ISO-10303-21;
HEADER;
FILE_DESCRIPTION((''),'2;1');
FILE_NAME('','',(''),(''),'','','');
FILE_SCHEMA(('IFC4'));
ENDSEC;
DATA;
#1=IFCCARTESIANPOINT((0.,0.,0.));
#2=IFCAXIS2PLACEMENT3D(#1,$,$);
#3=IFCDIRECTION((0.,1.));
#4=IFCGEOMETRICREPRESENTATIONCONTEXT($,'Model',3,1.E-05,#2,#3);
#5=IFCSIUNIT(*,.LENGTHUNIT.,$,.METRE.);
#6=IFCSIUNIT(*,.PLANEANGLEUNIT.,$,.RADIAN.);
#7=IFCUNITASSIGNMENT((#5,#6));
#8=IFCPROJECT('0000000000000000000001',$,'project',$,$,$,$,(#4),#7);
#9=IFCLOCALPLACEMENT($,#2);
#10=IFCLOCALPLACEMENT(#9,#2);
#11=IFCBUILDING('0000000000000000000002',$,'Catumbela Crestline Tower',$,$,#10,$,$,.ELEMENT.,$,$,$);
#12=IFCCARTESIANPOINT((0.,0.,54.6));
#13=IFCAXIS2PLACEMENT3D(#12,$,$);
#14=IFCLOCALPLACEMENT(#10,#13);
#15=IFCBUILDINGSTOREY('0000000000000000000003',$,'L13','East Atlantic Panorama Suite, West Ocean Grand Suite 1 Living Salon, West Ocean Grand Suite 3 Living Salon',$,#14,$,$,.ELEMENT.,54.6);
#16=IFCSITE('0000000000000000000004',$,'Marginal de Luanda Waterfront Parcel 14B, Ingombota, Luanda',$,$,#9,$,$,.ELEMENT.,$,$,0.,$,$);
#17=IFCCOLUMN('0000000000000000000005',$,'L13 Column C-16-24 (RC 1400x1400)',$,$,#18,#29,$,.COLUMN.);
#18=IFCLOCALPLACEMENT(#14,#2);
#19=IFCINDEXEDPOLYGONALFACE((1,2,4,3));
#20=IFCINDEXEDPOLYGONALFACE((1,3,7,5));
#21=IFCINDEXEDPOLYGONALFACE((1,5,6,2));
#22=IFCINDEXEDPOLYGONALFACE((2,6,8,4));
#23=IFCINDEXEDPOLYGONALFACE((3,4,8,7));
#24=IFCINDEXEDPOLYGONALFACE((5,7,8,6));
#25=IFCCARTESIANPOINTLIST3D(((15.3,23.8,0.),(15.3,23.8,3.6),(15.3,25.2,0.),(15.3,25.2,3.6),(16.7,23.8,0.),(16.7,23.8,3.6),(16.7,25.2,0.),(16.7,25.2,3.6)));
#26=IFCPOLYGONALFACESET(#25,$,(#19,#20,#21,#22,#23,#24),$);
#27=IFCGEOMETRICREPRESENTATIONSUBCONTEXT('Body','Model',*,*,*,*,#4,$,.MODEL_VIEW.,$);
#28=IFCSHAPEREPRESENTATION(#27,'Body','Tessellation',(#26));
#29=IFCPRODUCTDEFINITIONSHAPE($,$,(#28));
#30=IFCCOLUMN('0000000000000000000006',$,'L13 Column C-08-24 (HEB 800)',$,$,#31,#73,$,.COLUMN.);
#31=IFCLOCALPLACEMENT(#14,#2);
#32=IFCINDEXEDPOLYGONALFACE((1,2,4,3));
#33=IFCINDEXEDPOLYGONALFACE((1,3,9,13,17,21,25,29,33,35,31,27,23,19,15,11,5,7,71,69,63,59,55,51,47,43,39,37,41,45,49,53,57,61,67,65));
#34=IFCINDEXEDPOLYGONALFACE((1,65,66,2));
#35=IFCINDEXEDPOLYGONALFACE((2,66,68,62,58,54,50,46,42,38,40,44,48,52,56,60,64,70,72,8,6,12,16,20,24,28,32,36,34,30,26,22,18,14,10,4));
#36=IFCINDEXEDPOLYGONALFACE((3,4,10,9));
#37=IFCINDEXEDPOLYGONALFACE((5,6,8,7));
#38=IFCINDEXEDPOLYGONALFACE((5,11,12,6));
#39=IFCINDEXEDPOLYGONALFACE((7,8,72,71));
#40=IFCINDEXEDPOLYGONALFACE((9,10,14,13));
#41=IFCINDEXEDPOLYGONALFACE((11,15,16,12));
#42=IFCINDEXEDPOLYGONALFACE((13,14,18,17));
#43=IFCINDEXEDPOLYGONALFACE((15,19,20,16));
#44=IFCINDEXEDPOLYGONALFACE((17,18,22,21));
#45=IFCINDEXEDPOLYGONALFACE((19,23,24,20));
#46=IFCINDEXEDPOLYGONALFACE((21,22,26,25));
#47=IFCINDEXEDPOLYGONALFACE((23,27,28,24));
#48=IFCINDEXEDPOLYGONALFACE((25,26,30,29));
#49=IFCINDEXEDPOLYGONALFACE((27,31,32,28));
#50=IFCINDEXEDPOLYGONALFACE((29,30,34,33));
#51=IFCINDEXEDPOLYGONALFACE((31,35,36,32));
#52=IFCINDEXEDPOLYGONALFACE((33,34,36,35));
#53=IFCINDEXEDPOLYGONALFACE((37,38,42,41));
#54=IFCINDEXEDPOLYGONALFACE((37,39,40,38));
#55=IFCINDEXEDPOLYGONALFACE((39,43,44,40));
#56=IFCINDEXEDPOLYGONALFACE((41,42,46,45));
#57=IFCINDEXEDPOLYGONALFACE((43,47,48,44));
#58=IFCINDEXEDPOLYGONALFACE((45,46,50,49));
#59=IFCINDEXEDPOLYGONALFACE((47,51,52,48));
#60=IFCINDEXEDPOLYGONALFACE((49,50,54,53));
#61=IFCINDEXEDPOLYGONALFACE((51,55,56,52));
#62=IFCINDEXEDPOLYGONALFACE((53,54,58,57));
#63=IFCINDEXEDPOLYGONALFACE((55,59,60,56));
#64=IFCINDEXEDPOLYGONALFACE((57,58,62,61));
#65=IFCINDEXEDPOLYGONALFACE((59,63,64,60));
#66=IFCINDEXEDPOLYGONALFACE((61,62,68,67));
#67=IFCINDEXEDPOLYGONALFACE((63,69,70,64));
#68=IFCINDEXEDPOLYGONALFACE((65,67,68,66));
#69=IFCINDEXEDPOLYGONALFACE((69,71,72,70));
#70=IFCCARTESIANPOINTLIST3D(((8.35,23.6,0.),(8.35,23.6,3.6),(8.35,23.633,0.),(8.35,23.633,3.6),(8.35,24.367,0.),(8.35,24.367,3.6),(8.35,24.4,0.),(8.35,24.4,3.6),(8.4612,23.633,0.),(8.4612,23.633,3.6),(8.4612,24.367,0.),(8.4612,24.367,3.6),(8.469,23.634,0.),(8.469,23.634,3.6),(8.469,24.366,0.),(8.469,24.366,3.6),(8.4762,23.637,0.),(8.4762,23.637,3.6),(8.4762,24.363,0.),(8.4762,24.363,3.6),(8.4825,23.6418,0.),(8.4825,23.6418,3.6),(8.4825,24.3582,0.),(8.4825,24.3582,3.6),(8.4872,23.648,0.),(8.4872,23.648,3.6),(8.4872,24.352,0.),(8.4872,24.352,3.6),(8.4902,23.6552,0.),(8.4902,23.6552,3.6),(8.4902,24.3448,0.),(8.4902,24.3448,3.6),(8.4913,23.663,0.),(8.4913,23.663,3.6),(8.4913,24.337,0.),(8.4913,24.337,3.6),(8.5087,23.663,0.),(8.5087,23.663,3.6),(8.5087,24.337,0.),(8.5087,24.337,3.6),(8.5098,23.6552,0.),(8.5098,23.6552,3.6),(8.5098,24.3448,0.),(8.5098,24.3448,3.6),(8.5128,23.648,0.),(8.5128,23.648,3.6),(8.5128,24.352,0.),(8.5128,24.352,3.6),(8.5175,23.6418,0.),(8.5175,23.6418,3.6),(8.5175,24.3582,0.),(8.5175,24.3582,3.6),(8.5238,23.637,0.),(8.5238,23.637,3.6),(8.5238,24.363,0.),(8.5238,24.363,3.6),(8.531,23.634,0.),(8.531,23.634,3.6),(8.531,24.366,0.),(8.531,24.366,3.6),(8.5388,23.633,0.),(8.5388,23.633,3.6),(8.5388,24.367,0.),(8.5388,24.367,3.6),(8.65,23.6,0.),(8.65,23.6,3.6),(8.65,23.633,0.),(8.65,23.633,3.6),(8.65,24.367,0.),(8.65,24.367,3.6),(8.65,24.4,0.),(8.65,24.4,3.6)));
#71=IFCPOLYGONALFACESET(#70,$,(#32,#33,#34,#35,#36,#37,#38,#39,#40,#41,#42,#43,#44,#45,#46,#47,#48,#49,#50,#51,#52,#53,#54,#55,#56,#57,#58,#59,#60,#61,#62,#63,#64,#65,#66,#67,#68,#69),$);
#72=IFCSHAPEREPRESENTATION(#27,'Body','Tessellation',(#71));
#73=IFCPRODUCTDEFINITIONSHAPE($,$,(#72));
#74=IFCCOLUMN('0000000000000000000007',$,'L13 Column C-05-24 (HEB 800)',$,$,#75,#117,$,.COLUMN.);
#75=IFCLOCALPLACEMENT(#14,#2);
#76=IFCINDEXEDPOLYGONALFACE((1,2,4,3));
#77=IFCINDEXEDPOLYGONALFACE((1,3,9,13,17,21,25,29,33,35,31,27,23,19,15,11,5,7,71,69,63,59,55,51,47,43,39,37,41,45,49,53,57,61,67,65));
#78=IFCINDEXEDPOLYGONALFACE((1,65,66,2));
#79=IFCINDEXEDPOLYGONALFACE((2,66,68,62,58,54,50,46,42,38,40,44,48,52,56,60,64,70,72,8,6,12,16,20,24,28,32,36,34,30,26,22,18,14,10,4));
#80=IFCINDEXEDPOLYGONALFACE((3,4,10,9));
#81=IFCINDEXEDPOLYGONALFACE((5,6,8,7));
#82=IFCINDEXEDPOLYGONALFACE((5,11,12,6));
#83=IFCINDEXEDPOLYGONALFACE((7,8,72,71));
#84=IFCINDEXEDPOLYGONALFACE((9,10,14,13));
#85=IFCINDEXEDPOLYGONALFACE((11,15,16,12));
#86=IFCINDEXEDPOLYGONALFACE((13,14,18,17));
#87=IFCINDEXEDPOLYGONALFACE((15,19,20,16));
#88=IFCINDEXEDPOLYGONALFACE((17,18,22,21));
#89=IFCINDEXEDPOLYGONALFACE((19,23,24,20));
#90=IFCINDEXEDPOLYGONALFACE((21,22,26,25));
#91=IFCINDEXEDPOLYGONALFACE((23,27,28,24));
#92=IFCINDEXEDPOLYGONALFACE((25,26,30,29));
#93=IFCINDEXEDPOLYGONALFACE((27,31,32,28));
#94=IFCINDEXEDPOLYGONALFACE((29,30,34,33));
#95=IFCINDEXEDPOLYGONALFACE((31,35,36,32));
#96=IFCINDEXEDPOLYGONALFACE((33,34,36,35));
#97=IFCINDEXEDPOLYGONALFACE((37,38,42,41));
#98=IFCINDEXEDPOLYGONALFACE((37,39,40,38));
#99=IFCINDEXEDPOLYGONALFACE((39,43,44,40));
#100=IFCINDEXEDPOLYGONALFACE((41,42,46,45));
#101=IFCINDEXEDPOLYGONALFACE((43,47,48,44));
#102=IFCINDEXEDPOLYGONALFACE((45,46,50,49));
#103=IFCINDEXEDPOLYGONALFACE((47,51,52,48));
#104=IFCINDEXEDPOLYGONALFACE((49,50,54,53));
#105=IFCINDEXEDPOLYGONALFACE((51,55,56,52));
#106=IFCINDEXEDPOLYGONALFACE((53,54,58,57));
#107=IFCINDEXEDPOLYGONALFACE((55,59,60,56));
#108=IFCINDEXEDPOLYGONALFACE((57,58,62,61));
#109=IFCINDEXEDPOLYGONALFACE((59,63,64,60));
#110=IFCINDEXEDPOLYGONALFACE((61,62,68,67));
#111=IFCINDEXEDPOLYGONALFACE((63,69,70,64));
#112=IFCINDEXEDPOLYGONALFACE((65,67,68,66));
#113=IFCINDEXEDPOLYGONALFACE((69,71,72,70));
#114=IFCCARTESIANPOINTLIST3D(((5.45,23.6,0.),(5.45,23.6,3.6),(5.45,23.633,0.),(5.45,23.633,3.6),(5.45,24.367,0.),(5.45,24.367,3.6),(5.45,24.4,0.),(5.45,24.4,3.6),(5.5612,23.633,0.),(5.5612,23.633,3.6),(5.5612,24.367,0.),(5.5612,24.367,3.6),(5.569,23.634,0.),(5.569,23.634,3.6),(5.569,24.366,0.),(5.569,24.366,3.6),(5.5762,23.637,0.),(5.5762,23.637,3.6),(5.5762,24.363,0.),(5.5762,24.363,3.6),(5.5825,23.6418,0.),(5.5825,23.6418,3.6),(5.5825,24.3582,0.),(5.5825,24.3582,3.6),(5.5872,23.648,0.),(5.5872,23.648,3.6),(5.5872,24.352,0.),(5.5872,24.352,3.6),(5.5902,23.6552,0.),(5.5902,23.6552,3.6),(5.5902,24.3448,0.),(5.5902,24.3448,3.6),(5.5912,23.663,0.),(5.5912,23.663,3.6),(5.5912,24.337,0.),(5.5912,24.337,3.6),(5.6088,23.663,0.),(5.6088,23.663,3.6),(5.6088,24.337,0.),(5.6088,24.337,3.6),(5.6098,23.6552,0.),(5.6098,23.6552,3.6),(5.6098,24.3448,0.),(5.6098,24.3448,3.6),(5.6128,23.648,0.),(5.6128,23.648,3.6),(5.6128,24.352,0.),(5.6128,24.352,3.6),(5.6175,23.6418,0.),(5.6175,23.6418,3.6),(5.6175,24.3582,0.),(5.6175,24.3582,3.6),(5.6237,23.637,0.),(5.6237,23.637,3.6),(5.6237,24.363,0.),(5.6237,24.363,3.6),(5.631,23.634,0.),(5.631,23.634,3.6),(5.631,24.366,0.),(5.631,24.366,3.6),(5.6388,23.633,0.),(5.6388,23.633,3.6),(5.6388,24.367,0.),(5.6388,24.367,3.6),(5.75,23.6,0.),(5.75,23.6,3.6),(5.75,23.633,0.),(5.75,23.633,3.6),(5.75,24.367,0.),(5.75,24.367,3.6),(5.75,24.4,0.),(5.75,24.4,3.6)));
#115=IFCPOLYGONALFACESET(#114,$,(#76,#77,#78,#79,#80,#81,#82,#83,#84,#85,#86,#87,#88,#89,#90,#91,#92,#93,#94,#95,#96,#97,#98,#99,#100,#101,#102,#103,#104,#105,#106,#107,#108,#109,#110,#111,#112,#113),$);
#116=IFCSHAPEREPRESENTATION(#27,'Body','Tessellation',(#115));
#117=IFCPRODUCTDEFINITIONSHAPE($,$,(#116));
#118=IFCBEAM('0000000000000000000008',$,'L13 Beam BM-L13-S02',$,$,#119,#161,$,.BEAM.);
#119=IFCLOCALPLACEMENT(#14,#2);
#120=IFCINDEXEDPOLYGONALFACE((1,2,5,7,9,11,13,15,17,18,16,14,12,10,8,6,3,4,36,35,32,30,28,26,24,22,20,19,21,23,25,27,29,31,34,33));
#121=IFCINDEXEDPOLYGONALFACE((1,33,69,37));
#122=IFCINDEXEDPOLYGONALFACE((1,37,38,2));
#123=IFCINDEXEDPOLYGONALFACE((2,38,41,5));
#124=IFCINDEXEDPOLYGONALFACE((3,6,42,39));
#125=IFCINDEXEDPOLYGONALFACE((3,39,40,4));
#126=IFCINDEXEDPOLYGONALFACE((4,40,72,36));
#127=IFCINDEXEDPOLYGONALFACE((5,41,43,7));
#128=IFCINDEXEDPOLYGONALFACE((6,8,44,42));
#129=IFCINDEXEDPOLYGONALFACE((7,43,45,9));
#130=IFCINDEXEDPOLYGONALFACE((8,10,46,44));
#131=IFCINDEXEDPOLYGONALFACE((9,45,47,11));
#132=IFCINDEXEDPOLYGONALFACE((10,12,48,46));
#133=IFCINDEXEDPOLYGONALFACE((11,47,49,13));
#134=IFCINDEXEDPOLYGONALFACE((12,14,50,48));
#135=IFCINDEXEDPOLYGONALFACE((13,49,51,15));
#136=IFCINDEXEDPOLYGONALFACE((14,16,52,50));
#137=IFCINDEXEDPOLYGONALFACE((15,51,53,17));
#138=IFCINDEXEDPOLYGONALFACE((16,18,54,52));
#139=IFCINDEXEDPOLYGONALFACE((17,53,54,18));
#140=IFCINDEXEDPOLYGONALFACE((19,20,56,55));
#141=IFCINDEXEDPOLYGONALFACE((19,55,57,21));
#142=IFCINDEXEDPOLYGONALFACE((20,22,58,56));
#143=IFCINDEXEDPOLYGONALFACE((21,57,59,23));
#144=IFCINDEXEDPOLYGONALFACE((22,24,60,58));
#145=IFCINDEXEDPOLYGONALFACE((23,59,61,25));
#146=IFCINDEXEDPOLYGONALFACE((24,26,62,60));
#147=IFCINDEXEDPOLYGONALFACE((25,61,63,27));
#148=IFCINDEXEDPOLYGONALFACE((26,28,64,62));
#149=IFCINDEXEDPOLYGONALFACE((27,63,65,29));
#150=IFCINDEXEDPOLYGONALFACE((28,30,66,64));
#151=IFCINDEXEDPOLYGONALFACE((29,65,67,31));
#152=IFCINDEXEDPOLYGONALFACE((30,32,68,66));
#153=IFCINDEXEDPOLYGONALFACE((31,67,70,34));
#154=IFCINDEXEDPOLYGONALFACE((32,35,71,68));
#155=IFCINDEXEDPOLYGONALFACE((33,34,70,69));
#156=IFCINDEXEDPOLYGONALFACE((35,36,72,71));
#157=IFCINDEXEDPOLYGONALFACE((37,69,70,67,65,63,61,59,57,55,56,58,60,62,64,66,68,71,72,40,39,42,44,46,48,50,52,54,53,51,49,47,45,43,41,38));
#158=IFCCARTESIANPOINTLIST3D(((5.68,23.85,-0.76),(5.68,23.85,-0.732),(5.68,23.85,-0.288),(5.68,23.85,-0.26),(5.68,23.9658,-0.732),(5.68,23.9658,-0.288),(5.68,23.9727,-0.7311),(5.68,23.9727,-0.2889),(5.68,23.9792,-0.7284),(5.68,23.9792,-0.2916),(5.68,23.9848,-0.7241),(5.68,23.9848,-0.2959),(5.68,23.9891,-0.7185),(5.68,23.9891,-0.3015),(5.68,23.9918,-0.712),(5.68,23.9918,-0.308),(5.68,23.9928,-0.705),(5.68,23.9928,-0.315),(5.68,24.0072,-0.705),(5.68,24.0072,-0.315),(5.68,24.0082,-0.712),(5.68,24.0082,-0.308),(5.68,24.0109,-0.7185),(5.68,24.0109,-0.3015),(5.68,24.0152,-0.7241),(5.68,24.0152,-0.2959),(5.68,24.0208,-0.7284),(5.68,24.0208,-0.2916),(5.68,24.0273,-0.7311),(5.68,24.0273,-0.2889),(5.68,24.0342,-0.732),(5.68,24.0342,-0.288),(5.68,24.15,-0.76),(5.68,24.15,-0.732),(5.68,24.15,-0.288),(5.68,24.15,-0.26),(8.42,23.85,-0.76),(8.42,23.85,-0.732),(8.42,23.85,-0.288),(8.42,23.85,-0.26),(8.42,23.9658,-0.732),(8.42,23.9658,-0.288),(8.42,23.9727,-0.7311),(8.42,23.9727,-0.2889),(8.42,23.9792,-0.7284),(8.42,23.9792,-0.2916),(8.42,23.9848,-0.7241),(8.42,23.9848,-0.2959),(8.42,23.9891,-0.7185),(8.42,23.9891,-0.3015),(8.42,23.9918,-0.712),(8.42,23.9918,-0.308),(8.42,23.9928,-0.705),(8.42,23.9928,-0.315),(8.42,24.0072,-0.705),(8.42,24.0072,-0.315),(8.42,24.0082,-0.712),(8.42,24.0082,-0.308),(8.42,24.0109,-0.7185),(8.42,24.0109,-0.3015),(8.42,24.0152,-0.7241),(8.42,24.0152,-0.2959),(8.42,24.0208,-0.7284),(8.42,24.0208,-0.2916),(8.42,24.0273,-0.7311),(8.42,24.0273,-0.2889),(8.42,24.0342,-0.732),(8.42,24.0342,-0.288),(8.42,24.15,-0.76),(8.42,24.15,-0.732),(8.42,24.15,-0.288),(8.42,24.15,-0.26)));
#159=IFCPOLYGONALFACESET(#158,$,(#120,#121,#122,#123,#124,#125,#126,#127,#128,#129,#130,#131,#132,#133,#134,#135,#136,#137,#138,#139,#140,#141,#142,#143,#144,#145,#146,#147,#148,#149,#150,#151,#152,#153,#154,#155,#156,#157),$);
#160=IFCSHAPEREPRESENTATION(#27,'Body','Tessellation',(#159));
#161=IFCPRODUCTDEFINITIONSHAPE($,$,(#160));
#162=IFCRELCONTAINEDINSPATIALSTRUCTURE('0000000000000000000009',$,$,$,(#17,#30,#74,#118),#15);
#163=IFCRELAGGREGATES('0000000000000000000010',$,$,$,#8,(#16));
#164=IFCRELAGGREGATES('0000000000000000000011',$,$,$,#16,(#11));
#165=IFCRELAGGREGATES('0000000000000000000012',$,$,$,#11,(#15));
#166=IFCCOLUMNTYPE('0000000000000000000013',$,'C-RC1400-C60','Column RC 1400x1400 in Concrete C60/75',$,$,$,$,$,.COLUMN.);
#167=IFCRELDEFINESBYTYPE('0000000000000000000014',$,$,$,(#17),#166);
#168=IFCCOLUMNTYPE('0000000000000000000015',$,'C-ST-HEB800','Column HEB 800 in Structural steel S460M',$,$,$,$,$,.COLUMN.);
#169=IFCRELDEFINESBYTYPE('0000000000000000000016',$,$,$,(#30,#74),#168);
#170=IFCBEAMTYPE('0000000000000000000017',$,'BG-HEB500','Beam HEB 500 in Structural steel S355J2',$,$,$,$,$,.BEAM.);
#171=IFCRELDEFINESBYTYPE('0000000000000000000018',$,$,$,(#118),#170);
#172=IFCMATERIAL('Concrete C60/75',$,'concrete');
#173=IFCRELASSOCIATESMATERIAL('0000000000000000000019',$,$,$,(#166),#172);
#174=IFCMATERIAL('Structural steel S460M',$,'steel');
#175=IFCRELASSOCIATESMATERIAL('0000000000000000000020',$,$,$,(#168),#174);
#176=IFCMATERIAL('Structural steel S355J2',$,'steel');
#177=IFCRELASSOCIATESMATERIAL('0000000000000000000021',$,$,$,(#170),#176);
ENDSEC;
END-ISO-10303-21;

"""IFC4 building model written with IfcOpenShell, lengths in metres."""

from ifc_helpers import new_model, si_unit, direction, frame, origin, origin_2d, place, context, subcontext, project, spatial, rectangle, i_section, extrude, material, material_profile, profile_set, type_object, element, save


model = new_model("IFC4")

# Units and contexts
model_context = context("Model", 3, precision=1e-05, world=origin(), true_north=direction((0.0, 1.0)))
body_context = subcontext(model_context, "Body", "Model", "MODEL_VIEW")
ifc_project = project(units=[si_unit("LENGTHUNIT", "METRE"), si_unit("PLANEANGLEUNIT", "RADIAN")], contexts=[model_context])

# Site, building, storey
site_placement = place(None, origin())
site = spatial("IfcSite", under=ifc_project, at=site_placement, Name="Marginal de Luanda Waterfront Parcel 14B, Ingombota, Luanda", CompositionType="ELEMENT", RefElevation=0.0)
building_placement = place(site_placement, origin())
building = spatial("IfcBuilding", under=site, at=building_placement, Name="Catumbela Crestline Tower", CompositionType="ELEMENT")
storey_placement = place(building_placement, frame((0.0, 0.0, 54.6)))
storey = spatial("IfcBuildingStorey", under=building, at=storey_placement, Name="L13", Description="East Atlantic Panorama Suite, West Ocean Grand Suite 1 Living Salon, West Ocean Grand Suite 3 Living Salon", CompositionType="ELEMENT", Elevation=54.6)

# Columns
ifc_material_1 = material(Name="Concrete C60/75", Category="concrete")
ifc_material_profile_1 = material_profile(ifc_material_1, rectangle(XDim=1.4, YDim=1.4, at=origin_2d()), Name="RC 1400x1400")
ifc_profile_set_1 = profile_set([ifc_material_profile_1], Name="Concrete C60/75")
column_type_1 = type_object("IfcColumnType", Name="C-RC1400-C60", Description="Column RC 1400x1400 in Concrete C60/75", PredefinedType="COLUMN", material=ifc_profile_set_1)
column_placement = place(storey_placement, frame((16.0, 24.5, 0.0), z_axis=(0.0, 0.0, 1.0), x_axis=(1.0, 0.0, 0.0)))
element("IfcColumn", 1, at=column_placement, inside=storey, type_object=column_type_1, Name="L13 Column C-16-24 (RC 1400x1400)", PredefinedType="COLUMN", context=body_context, shape_type="SweptSolid", body=[
    extrude(rectangle(XDim=1.4, YDim=1.4, at=origin_2d()), origin(), (0.0, 0.0, 1.0), 3.6),
])
ifc_material_2 = material(Name="Structural steel S460M", Category="steel")
ifc_material_profile_2 = material_profile(ifc_material_2, i_section(OverallWidth=0.3, OverallDepth=0.8, WebThickness=0.0175, FlangeThickness=0.033, FilletRadius=0.03, at=origin_2d()), Name="HEB 800")
ifc_profile_set_2 = profile_set([ifc_material_profile_2], Name="Structural steel S460M")
column_type_2 = type_object("IfcColumnType", Name="C-ST-HEB800", Description="Column HEB 800 in Structural steel S460M", PredefinedType="COLUMN", material=ifc_profile_set_2)
for number, where, z_axis, x_axis, name in (
    (2, (8.5, 24.0, 0.0), (0.0, 0.0, 1.0), (1.0, 0.0, 0.0), "L13 Column C-08-24 (HEB 800)"),
    (3, (5.6, 24.0, 0.0), (0.0, 0.0, 1.0), (1.0, 0.0, 0.0), "L13 Column C-05-24 (HEB 800)"),
):
    element("IfcColumn", number, at=place(storey_placement, frame(where, z_axis=z_axis, x_axis=x_axis)), inside=storey, type_object=column_type_2, Name=name, PredefinedType="COLUMN", context=body_context, shape_type="SweptSolid", body=[
        extrude(i_section(OverallWidth=0.3, OverallDepth=0.8, WebThickness=0.0175, FlangeThickness=0.033, FilletRadius=0.03, at=origin_2d()), origin(), (0.0, 0.0, 1.0), 3.6),
    ])

# Beam
ifc_material_3 = material(Name="Structural steel S355J2", Category="steel")
ifc_material_profile_3 = material_profile(ifc_material_3, i_section(OverallWidth=0.3, OverallDepth=0.5, WebThickness=0.0145, FlangeThickness=0.028, FilletRadius=0.027, at=origin_2d()), Name="HEB 500")
ifc_profile_set_3 = profile_set([ifc_material_profile_3], Name="Structural steel S355J2")
beam_type_1 = type_object("IfcBeamType", Name="BG-HEB500", Description="Beam HEB 500 in Structural steel S355J2", PredefinedType="BEAM", material=ifc_profile_set_3)
beam_1_placement = place(storey_placement, frame((5.68, 24.0, -0.51), z_axis=(1.0, 0.0, 0.0), x_axis=(0.0, 1.0, 0.0)))
element("IfcBeam", 4, at=beam_1_placement, inside=storey, type_object=beam_type_1, Name="L13 Beam BM-L13-S02", PredefinedType="BEAM", context=body_context, shape_type="SweptSolid", body=[
    extrude(i_section(OverallWidth=0.3, OverallDepth=0.5, WebThickness=0.0145, FlangeThickness=0.028, FilletRadius=0.027, at=origin_2d()), origin(), (0.0, 0.0, 1.0), 2.74),
])

save(model, "model.ifc")
